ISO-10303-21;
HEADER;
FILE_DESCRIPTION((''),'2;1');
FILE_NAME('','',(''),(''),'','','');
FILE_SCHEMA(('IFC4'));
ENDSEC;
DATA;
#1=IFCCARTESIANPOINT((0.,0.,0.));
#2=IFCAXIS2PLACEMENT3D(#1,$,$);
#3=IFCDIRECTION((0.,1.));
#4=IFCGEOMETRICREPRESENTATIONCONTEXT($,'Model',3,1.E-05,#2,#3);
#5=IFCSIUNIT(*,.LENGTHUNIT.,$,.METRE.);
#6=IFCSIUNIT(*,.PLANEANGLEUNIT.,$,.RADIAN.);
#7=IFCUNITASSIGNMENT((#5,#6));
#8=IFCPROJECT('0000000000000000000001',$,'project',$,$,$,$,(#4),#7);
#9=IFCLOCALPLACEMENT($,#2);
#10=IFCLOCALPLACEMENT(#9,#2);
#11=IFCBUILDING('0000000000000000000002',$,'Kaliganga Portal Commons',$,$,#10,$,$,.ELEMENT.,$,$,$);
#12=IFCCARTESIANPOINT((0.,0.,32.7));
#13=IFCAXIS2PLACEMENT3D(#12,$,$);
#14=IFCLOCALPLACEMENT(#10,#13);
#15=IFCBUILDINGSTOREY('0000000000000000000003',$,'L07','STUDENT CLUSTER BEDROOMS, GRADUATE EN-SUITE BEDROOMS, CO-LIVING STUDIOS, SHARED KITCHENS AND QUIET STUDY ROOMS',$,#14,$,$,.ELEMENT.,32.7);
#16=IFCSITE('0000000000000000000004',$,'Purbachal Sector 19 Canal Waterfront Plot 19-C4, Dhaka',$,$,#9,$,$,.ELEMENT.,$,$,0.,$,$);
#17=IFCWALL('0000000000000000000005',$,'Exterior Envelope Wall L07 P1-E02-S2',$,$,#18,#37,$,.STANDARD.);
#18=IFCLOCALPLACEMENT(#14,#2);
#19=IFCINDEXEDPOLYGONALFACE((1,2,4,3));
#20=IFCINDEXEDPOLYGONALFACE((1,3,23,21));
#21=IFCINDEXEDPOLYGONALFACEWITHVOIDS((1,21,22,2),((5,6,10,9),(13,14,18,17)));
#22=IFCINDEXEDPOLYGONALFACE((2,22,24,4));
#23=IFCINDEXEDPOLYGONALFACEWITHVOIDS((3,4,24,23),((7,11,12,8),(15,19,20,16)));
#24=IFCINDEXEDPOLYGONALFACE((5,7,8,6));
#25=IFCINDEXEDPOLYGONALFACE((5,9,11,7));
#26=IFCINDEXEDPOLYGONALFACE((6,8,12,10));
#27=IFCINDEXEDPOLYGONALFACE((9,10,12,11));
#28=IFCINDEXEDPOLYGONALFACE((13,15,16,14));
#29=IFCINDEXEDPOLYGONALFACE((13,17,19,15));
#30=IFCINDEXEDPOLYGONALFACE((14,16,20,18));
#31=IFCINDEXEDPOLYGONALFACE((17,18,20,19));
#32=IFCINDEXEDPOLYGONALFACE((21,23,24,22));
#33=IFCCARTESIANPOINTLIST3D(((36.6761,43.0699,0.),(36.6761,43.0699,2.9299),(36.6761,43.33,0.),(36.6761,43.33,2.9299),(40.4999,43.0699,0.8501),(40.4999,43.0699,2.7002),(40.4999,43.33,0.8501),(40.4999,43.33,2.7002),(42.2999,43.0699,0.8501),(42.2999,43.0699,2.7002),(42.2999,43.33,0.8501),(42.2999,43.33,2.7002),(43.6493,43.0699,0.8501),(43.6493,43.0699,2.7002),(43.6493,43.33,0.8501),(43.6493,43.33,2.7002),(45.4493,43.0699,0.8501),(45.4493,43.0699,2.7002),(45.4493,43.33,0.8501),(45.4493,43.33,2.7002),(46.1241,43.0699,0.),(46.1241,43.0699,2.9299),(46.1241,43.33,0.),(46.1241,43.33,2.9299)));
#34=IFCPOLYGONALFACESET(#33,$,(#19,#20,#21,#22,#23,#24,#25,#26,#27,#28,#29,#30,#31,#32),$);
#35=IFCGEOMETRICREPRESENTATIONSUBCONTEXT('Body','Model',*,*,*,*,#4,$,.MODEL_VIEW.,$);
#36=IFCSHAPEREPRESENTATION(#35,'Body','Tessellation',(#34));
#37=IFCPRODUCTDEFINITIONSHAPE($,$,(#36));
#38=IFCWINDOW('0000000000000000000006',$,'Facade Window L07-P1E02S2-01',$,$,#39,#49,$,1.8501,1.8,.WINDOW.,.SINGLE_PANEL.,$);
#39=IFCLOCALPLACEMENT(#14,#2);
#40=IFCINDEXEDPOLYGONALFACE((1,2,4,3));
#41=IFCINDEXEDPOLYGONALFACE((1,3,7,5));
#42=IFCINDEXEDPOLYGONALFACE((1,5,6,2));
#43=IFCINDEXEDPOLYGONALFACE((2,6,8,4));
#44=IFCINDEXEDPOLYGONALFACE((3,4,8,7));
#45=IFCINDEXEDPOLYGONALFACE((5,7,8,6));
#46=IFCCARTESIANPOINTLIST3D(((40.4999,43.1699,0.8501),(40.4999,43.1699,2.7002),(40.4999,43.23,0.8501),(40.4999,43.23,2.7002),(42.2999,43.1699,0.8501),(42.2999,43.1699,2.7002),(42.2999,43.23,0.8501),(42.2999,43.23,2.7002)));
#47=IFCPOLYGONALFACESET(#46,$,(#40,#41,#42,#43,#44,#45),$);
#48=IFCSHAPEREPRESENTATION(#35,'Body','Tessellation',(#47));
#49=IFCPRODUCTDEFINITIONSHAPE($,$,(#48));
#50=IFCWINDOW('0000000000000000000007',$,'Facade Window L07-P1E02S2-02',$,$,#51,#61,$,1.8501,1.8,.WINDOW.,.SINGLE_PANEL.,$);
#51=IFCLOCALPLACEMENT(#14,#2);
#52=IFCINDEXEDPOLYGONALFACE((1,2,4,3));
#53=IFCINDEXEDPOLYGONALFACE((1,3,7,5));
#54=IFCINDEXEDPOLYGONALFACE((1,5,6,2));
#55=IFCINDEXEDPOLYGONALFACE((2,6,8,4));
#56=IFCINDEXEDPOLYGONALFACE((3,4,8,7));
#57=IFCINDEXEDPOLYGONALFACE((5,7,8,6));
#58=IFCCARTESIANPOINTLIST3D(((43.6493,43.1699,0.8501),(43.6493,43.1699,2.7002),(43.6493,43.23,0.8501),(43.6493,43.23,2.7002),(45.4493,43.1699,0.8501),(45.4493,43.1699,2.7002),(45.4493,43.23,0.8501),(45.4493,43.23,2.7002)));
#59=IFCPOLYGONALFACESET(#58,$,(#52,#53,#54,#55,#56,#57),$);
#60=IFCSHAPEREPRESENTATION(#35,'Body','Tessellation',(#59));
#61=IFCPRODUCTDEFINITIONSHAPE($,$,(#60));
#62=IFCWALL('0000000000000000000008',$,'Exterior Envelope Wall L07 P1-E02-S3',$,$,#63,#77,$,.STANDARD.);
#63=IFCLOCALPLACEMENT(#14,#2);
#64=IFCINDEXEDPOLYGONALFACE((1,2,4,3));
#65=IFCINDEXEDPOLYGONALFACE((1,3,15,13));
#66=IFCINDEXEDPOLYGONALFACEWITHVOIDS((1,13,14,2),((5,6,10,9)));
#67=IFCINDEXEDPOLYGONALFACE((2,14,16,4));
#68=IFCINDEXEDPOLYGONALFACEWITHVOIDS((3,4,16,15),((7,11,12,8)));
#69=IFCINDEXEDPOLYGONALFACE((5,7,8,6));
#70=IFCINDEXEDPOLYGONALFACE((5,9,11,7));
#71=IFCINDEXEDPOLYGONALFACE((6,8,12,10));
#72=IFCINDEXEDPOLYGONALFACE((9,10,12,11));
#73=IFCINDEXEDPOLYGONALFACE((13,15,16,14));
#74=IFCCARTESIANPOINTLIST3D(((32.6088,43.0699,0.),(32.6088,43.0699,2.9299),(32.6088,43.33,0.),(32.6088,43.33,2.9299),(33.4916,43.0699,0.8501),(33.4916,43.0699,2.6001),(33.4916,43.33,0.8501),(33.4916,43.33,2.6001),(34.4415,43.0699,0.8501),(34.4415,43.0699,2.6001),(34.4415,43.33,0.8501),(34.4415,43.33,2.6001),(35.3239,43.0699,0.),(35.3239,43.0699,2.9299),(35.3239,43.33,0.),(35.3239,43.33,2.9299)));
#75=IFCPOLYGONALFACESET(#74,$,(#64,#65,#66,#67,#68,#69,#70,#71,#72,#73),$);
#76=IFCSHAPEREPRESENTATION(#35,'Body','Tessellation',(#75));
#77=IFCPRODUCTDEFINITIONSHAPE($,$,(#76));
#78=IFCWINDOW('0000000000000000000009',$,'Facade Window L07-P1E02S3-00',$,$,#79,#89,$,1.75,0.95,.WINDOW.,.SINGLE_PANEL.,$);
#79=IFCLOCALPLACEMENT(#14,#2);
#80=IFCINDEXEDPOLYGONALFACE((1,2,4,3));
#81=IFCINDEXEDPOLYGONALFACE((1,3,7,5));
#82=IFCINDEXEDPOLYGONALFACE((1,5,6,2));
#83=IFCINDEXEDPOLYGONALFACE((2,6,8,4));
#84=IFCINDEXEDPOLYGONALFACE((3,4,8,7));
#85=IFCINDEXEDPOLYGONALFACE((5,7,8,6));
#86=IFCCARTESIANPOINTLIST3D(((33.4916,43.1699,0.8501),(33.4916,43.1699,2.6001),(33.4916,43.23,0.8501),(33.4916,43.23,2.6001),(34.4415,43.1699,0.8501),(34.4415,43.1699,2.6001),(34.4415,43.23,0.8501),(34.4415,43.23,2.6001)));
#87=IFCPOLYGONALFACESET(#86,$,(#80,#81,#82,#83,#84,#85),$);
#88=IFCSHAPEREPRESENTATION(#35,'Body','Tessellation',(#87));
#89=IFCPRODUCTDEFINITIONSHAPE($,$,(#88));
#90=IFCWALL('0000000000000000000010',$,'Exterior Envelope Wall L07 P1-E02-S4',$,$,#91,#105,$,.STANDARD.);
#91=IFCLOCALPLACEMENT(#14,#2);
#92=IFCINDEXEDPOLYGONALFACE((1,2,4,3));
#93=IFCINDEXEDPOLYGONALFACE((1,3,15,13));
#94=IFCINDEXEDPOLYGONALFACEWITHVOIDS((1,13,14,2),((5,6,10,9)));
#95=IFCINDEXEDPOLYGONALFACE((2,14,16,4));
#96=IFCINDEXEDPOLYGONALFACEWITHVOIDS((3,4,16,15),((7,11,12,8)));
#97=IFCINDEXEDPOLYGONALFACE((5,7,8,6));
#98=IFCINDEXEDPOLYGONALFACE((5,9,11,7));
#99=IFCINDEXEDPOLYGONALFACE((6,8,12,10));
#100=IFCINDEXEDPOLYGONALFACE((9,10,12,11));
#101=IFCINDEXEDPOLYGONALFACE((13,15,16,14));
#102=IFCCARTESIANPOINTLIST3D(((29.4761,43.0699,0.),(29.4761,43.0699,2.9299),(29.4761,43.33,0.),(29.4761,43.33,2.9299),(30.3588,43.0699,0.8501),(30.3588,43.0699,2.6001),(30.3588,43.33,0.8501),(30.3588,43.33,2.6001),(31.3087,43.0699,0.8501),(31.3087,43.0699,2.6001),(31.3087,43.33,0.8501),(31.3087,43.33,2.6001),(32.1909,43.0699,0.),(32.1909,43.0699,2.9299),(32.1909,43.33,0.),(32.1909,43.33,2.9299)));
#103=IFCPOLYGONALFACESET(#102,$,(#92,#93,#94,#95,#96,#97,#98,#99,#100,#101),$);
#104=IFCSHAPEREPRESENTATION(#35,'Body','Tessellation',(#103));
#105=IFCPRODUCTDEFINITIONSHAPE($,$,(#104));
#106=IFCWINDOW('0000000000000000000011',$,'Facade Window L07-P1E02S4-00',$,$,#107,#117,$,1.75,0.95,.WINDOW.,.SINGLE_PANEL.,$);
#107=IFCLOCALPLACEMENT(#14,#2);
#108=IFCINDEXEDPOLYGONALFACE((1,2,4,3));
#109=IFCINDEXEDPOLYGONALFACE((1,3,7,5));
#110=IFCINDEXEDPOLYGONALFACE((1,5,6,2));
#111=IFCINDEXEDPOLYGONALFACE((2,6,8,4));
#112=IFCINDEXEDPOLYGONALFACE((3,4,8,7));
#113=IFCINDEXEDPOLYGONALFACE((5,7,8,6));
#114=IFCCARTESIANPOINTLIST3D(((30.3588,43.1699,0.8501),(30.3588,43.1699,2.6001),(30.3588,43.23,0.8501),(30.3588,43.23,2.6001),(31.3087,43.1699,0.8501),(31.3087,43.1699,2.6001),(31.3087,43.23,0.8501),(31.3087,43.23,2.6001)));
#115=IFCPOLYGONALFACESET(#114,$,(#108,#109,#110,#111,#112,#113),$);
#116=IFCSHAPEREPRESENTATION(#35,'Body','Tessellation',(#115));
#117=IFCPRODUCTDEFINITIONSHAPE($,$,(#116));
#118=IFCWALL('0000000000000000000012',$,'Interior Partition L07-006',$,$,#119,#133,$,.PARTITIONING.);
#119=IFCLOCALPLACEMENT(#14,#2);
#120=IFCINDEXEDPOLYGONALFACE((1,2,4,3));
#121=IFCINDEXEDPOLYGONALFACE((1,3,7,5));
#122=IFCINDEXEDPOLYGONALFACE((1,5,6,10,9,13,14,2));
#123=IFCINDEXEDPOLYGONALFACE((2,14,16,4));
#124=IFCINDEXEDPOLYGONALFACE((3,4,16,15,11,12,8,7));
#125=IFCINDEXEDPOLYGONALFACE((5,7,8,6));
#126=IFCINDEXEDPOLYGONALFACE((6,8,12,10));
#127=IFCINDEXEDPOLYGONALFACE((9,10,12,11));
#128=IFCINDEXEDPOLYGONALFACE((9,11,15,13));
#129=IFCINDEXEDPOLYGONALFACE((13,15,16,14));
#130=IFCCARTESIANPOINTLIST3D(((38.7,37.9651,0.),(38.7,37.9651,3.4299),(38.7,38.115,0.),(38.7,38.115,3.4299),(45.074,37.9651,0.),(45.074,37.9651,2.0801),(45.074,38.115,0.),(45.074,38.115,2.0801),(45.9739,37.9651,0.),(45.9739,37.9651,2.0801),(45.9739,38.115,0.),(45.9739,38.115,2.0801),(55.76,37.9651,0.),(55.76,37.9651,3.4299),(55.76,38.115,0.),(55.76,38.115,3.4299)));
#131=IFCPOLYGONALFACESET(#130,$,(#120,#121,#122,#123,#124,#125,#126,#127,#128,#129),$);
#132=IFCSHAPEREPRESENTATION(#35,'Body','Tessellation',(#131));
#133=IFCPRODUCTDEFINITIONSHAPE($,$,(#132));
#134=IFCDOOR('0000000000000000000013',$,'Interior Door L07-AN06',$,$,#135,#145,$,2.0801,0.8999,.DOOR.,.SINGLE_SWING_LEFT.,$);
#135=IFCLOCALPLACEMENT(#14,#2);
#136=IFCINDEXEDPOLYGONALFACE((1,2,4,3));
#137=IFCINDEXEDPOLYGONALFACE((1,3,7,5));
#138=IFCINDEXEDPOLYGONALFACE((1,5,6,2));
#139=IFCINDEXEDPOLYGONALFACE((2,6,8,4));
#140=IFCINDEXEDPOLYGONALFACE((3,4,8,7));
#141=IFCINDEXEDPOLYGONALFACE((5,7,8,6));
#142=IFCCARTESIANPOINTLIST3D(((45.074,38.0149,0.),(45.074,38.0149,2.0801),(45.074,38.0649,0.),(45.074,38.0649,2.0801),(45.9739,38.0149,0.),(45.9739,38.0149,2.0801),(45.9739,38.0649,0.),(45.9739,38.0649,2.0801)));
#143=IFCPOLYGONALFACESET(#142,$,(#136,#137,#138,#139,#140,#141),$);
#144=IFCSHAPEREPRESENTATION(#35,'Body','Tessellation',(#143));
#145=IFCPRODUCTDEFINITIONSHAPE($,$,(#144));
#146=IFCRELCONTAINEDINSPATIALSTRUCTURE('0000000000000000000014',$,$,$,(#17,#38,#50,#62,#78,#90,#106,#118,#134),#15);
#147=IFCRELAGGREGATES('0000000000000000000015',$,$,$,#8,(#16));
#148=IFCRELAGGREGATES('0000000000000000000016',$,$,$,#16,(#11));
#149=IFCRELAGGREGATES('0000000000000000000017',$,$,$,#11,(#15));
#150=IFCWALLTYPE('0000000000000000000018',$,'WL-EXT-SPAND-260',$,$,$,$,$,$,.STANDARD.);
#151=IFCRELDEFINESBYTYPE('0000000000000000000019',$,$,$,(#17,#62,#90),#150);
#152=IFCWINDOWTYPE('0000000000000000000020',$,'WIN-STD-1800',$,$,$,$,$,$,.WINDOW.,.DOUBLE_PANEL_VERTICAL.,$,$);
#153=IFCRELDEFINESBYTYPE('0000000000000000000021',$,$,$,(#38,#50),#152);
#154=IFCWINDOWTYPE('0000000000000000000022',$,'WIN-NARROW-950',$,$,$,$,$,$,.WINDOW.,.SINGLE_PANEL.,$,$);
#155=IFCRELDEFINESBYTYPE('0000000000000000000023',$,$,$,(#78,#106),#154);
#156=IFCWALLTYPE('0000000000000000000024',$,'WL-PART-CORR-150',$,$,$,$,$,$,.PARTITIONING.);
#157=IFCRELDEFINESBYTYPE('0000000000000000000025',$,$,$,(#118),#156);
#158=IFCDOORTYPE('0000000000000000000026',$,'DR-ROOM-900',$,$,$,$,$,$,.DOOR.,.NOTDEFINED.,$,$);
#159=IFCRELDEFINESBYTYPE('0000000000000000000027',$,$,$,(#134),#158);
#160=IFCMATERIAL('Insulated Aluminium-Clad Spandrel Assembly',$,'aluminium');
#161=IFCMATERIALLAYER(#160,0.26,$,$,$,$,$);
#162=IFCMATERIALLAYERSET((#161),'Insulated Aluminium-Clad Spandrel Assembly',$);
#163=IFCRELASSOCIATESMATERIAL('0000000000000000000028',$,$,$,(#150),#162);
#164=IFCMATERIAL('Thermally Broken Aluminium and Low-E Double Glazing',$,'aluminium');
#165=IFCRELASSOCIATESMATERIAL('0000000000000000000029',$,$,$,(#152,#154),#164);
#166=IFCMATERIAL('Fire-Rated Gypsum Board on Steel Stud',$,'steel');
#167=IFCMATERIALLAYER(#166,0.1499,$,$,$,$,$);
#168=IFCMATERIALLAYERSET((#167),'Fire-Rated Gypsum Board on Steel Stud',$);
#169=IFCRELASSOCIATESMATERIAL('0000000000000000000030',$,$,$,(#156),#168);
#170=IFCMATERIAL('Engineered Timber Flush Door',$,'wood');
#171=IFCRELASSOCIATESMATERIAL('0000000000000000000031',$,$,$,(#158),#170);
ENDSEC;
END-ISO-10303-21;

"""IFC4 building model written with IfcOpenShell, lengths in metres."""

from ifc_helpers import new_model, si_unit, direction, frame, frame_2d, origin, place, context, subcontext, project, spatial, rectangle, extrude, material, layer, layer_set, type_object, element, fill, save


model = new_model("IFC4")

# Units and contexts
model_context = context("Model", 3, precision=1e-05, world=origin(), true_north=direction((0.0, 1.0)))
body_context = subcontext(model_context, "Body", "Model", "MODEL_VIEW")
ifc_project = project(units=[si_unit("LENGTHUNIT", "METRE"), si_unit("PLANEANGLEUNIT", "RADIAN")], contexts=[model_context])

# Site, building, storey
site_placement = place(None, origin())
site = spatial("IfcSite", under=ifc_project, at=site_placement, Name="Purbachal Sector 19 Canal Waterfront Plot 19-C4, Dhaka", CompositionType="ELEMENT", RefElevation=0.0)
building_placement = place(site_placement, origin())
building = spatial("IfcBuilding", under=site, at=building_placement, Name="Kaliganga Portal Commons", CompositionType="ELEMENT")
storey_placement = place(building_placement, frame((0.0, 0.0, 32.7)))
storey = spatial("IfcBuildingStorey", under=building, at=storey_placement, Name="L07", Description="STUDENT CLUSTER BEDROOMS, GRADUATE EN-SUITE BEDROOMS, CO-LIVING STUDIOS, SHARED KITCHENS AND QUIET STUDY ROOMS", CompositionType="ELEMENT", Elevation=32.7)

# Wall, openings, windows
ifc_material_1 = material(Name="Insulated Aluminium-Clad Spandrel Assembly", Category="aluminium")
ifc_layer_1 = layer(ifc_material_1, 0.26)
ifc_layer_set_1 = layer_set([ifc_layer_1], Name="Insulated Aluminium-Clad Spandrel Assembly")
wall_type_1 = type_object("IfcWallType", Name="WL-EXT-SPAND-260", PredefinedType="STANDARD", material=ifc_layer_set_1)
wall_1_placement = place(storey_placement, frame((36.676, 43.2, 0.0), z_axis=(0.0, 0.0, 1.0), x_axis=(1.0, 0.0, 0.0)))
wall_1 = element("IfcWall", 1, at=wall_1_placement, inside=storey, type_object=wall_type_1, Name="Exterior Envelope Wall L07 P1-E02-S2", PredefinedType="STANDARD", context=body_context, shape_type="SweptSolid", body=[
    extrude(rectangle(XDim=9.448, YDim=0.26, at=frame_2d((4.7241, 0.0))), origin(), (0.0, 0.0, 1.0), 2.9299),
])
opening_1_placement = place(wall_1_placement, frame((3.824, 0.0, 0.8501)))
opening_1 = element("IfcOpeningElement", 2, at=opening_1_placement, cuts=wall_1, PredefinedType="OPENING", context=body_context, shape_type="SweptSolid", body=[
    extrude(rectangle(XDim=1.8, YDim=1.8501, at=frame_2d((0.8999, 0.925))), frame((0.0, 0.1401, 0.0), z_axis=(0.0, -1.0, 0.0), x_axis=(1.0, 0.0, 0.0)), (0.0, 0.0, 1.0), 0.28),
])
opening_2_placement = place(wall_1_placement, frame((6.9734, 0.0, 0.8501)))
opening_2 = element("IfcOpeningElement", 3, at=opening_2_placement, cuts=wall_1, PredefinedType="OPENING", context=body_context, shape_type="SweptSolid", body=[
    extrude(rectangle(XDim=1.8, YDim=1.8501, at=frame_2d((0.8999, 0.925))), frame((0.0, 0.1401, 0.0), z_axis=(0.0, -1.0, 0.0), x_axis=(1.0, 0.0, 0.0)), (0.0, 0.0, 1.0), 0.28),
])
ifc_material_2 = material(Name="Thermally Broken Aluminium and Low-E Double Glazing", Category="aluminium")
window_type_1 = type_object("IfcWindowType", Name="WIN-STD-1800", PartitioningType="DOUBLE_PANEL_VERTICAL", PredefinedType="WINDOW", material=ifc_material_2)
window_1_placement = place(opening_1_placement, origin())
window_1 = element("IfcWindow", 4, at=window_1_placement, inside=storey, type_object=window_type_1, Name="Facade Window L07-P1E02S2-01", OverallHeight=1.8501, OverallWidth=1.8, PartitioningType="SINGLE_PANEL", PredefinedType="WINDOW", context=body_context, shape_type="SweptSolid", body=[
    extrude(rectangle(XDim=1.8, YDim=1.8501, at=frame_2d((0.8999, 0.925))), frame((0.0, 0.03, 0.0), z_axis=(0.0, -1.0, 0.0), x_axis=(1.0, 0.0, 0.0)), (0.0, 0.0, 1.0), 0.0601),
])
fill(opening_1, window_1)
window_2_placement = place(opening_2_placement, origin())
window_2 = element("IfcWindow", 5, at=window_2_placement, inside=storey, type_object=window_type_1, Name="Facade Window L07-P1E02S2-02", OverallHeight=1.8501, OverallWidth=1.8, PartitioningType="SINGLE_PANEL", PredefinedType="WINDOW", context=body_context, shape_type="SweptSolid", body=[
    extrude(rectangle(XDim=1.8, YDim=1.8501, at=frame_2d((0.8999, 0.925))), frame((0.0, 0.03, 0.0), z_axis=(0.0, -1.0, 0.0), x_axis=(1.0, 0.0, 0.0)), (0.0, 0.0, 1.0), 0.0601),
])
fill(opening_2, window_2)

# Walls, openings, windows
wall_2_placement = place(storey_placement, frame((32.6089, 43.2, 0.0), z_axis=(0.0, 0.0, 1.0), x_axis=(1.0, 0.0, 0.0)))
wall_2 = element("IfcWall", 6, at=wall_2_placement, inside=storey, type_object=wall_type_1, Name="Exterior Envelope Wall L07 P1-E02-S3", PredefinedType="STANDARD", context=body_context, shape_type="SweptSolid", body=[
    extrude(rectangle(XDim=2.7151, YDim=0.26, at=frame_2d((1.3574, 0.0))), origin(), (0.0, 0.0, 1.0), 2.9299),
])
opening_3_placement = place(wall_2_placement, frame((0.8826, 0.0, 0.8501)))
opening_3 = element("IfcOpeningElement", 7, at=opening_3_placement, cuts=wall_2, PredefinedType="OPENING", context=body_context, shape_type="SweptSolid", body=[
    extrude(rectangle(XDim=0.95, YDim=1.75, at=frame_2d((0.4751, 0.875))), frame((0.0, 0.1401, 0.0), z_axis=(0.0, -1.0, 0.0), x_axis=(1.0, 0.0, 0.0)), (0.0, 0.0, 1.0), 0.28),
])
window_type_2 = type_object("IfcWindowType", Name="WIN-NARROW-950", PartitioningType="SINGLE_PANEL", PredefinedType="WINDOW", material=ifc_material_2)
window_3_placement = place(opening_3_placement, origin())
window_3 = element("IfcWindow", 8, at=window_3_placement, inside=storey, type_object=window_type_2, Name="Facade Window L07-P1E02S3-00", OverallHeight=1.75, OverallWidth=0.95, PartitioningType="SINGLE_PANEL", PredefinedType="WINDOW", context=body_context, shape_type="SweptSolid", body=[
    extrude(rectangle(XDim=0.95, YDim=1.75, at=frame_2d((0.4751, 0.875))), frame((0.0, 0.03, 0.0), z_axis=(0.0, -1.0, 0.0), x_axis=(1.0, 0.0, 0.0)), (0.0, 0.0, 1.0), 0.0601),
])
fill(opening_3, window_3)
wall_3_placement = place(storey_placement, frame((29.4761, 43.2, 0.0), z_axis=(0.0, 0.0, 1.0), x_axis=(1.0, 0.0, 0.0)))
wall_3 = element("IfcWall", 9, at=wall_3_placement, inside=storey, type_object=wall_type_1, Name="Exterior Envelope Wall L07 P1-E02-S4", PredefinedType="STANDARD", context=body_context, shape_type="SweptSolid", body=[
    extrude(rectangle(XDim=2.7148, YDim=0.26, at=frame_2d((1.3574, 0.0))), origin(), (0.0, 0.0, 1.0), 2.9299),
])
opening_4_placement = place(wall_3_placement, frame((0.8826, 0.0, 0.8501)))
opening_4 = element("IfcOpeningElement", 10, at=opening_4_placement, cuts=wall_3, PredefinedType="OPENING", context=body_context, shape_type="SweptSolid", body=[
    extrude(rectangle(XDim=0.95, YDim=1.75, at=frame_2d((0.4751, 0.875))), frame((0.0, 0.1401, 0.0), z_axis=(0.0, -1.0, 0.0), x_axis=(1.0, 0.0, 0.0)), (0.0, 0.0, 1.0), 0.28),
])
window_4_placement = place(opening_4_placement, origin())
window_4 = element("IfcWindow", 11, at=window_4_placement, inside=storey, type_object=window_type_2, Name="Facade Window L07-P1E02S4-00", OverallHeight=1.75, OverallWidth=0.95, PartitioningType="SINGLE_PANEL", PredefinedType="WINDOW", context=body_context, shape_type="SweptSolid", body=[
    extrude(rectangle(XDim=0.95, YDim=1.75, at=frame_2d((0.4751, 0.875))), frame((0.0, 0.03, 0.0), z_axis=(0.0, -1.0, 0.0), x_axis=(1.0, 0.0, 0.0)), (0.0, 0.0, 1.0), 0.0601),
])
fill(opening_4, window_4)

# Wall, opening, door
ifc_material_3 = material(Name="Fire-Rated Gypsum Board on Steel Stud", Category="steel")
ifc_layer_2 = layer(ifc_material_3, 0.1499)
ifc_layer_set_2 = layer_set([ifc_layer_2], Name="Fire-Rated Gypsum Board on Steel Stud")
wall_type_2 = type_object("IfcWallType", Name="WL-PART-CORR-150", PredefinedType="PARTITIONING", material=ifc_layer_set_2)
wall_4_placement = place(storey_placement, frame((38.7, 38.04, 0.0), z_axis=(0.0, 0.0, 1.0), x_axis=(1.0, 0.0, 0.0)))
wall_4 = element("IfcWall", 12, at=wall_4_placement, inside=storey, type_object=wall_type_2, Name="Interior Partition L07-006", PredefinedType="PARTITIONING", context=body_context, shape_type="SweptSolid", body=[
    extrude(rectangle(XDim=17.0601, YDim=0.1499, at=frame_2d((8.53, 0.0))), origin(), (0.0, 0.0, 1.0), 3.4299),
])
opening_5_placement = place(wall_4_placement, frame((6.374, 0.0, 0.0)))
opening_5 = element("IfcOpeningElement", 13, at=opening_5_placement, cuts=wall_4, PredefinedType="OPENING", context=body_context, shape_type="SweptSolid", body=[
    extrude(rectangle(XDim=0.8999, YDim=2.0801, at=frame_2d((0.45, 1.04))), frame((0.0, 0.085, 0.0), z_axis=(0.0, -1.0, 0.0), x_axis=(1.0, 0.0, 0.0)), (0.0, 0.0, 1.0), 0.1699),
])
ifc_material_4 = material(Name="Engineered Timber Flush Door", Category="wood")
door_type_1 = type_object("IfcDoorType", Name="DR-ROOM-900", OperationType="NOTDEFINED", PredefinedType="DOOR", material=ifc_material_4)
door_1_placement = place(opening_5_placement, origin())
door_1 = element("IfcDoor", 14, at=door_1_placement, inside=storey, type_object=door_type_1, Name="Interior Door L07-AN06", OperationType="SINGLE_SWING_LEFT", OverallHeight=2.0801, OverallWidth=0.8999, PredefinedType="DOOR", context=body_context, shape_type="SweptSolid", body=[
    extrude(rectangle(XDim=0.8999, YDim=2.0801, at=frame_2d((0.45, 1.04))), frame((0.0, 0.0249, 0.0), z_axis=(0.0, -1.0, 0.0), x_axis=(1.0, 0.0, 0.0)), (0.0, 0.0, 1.0), 0.05),
])
fill(opening_5, door_1)

save(model, "model.ifc")
